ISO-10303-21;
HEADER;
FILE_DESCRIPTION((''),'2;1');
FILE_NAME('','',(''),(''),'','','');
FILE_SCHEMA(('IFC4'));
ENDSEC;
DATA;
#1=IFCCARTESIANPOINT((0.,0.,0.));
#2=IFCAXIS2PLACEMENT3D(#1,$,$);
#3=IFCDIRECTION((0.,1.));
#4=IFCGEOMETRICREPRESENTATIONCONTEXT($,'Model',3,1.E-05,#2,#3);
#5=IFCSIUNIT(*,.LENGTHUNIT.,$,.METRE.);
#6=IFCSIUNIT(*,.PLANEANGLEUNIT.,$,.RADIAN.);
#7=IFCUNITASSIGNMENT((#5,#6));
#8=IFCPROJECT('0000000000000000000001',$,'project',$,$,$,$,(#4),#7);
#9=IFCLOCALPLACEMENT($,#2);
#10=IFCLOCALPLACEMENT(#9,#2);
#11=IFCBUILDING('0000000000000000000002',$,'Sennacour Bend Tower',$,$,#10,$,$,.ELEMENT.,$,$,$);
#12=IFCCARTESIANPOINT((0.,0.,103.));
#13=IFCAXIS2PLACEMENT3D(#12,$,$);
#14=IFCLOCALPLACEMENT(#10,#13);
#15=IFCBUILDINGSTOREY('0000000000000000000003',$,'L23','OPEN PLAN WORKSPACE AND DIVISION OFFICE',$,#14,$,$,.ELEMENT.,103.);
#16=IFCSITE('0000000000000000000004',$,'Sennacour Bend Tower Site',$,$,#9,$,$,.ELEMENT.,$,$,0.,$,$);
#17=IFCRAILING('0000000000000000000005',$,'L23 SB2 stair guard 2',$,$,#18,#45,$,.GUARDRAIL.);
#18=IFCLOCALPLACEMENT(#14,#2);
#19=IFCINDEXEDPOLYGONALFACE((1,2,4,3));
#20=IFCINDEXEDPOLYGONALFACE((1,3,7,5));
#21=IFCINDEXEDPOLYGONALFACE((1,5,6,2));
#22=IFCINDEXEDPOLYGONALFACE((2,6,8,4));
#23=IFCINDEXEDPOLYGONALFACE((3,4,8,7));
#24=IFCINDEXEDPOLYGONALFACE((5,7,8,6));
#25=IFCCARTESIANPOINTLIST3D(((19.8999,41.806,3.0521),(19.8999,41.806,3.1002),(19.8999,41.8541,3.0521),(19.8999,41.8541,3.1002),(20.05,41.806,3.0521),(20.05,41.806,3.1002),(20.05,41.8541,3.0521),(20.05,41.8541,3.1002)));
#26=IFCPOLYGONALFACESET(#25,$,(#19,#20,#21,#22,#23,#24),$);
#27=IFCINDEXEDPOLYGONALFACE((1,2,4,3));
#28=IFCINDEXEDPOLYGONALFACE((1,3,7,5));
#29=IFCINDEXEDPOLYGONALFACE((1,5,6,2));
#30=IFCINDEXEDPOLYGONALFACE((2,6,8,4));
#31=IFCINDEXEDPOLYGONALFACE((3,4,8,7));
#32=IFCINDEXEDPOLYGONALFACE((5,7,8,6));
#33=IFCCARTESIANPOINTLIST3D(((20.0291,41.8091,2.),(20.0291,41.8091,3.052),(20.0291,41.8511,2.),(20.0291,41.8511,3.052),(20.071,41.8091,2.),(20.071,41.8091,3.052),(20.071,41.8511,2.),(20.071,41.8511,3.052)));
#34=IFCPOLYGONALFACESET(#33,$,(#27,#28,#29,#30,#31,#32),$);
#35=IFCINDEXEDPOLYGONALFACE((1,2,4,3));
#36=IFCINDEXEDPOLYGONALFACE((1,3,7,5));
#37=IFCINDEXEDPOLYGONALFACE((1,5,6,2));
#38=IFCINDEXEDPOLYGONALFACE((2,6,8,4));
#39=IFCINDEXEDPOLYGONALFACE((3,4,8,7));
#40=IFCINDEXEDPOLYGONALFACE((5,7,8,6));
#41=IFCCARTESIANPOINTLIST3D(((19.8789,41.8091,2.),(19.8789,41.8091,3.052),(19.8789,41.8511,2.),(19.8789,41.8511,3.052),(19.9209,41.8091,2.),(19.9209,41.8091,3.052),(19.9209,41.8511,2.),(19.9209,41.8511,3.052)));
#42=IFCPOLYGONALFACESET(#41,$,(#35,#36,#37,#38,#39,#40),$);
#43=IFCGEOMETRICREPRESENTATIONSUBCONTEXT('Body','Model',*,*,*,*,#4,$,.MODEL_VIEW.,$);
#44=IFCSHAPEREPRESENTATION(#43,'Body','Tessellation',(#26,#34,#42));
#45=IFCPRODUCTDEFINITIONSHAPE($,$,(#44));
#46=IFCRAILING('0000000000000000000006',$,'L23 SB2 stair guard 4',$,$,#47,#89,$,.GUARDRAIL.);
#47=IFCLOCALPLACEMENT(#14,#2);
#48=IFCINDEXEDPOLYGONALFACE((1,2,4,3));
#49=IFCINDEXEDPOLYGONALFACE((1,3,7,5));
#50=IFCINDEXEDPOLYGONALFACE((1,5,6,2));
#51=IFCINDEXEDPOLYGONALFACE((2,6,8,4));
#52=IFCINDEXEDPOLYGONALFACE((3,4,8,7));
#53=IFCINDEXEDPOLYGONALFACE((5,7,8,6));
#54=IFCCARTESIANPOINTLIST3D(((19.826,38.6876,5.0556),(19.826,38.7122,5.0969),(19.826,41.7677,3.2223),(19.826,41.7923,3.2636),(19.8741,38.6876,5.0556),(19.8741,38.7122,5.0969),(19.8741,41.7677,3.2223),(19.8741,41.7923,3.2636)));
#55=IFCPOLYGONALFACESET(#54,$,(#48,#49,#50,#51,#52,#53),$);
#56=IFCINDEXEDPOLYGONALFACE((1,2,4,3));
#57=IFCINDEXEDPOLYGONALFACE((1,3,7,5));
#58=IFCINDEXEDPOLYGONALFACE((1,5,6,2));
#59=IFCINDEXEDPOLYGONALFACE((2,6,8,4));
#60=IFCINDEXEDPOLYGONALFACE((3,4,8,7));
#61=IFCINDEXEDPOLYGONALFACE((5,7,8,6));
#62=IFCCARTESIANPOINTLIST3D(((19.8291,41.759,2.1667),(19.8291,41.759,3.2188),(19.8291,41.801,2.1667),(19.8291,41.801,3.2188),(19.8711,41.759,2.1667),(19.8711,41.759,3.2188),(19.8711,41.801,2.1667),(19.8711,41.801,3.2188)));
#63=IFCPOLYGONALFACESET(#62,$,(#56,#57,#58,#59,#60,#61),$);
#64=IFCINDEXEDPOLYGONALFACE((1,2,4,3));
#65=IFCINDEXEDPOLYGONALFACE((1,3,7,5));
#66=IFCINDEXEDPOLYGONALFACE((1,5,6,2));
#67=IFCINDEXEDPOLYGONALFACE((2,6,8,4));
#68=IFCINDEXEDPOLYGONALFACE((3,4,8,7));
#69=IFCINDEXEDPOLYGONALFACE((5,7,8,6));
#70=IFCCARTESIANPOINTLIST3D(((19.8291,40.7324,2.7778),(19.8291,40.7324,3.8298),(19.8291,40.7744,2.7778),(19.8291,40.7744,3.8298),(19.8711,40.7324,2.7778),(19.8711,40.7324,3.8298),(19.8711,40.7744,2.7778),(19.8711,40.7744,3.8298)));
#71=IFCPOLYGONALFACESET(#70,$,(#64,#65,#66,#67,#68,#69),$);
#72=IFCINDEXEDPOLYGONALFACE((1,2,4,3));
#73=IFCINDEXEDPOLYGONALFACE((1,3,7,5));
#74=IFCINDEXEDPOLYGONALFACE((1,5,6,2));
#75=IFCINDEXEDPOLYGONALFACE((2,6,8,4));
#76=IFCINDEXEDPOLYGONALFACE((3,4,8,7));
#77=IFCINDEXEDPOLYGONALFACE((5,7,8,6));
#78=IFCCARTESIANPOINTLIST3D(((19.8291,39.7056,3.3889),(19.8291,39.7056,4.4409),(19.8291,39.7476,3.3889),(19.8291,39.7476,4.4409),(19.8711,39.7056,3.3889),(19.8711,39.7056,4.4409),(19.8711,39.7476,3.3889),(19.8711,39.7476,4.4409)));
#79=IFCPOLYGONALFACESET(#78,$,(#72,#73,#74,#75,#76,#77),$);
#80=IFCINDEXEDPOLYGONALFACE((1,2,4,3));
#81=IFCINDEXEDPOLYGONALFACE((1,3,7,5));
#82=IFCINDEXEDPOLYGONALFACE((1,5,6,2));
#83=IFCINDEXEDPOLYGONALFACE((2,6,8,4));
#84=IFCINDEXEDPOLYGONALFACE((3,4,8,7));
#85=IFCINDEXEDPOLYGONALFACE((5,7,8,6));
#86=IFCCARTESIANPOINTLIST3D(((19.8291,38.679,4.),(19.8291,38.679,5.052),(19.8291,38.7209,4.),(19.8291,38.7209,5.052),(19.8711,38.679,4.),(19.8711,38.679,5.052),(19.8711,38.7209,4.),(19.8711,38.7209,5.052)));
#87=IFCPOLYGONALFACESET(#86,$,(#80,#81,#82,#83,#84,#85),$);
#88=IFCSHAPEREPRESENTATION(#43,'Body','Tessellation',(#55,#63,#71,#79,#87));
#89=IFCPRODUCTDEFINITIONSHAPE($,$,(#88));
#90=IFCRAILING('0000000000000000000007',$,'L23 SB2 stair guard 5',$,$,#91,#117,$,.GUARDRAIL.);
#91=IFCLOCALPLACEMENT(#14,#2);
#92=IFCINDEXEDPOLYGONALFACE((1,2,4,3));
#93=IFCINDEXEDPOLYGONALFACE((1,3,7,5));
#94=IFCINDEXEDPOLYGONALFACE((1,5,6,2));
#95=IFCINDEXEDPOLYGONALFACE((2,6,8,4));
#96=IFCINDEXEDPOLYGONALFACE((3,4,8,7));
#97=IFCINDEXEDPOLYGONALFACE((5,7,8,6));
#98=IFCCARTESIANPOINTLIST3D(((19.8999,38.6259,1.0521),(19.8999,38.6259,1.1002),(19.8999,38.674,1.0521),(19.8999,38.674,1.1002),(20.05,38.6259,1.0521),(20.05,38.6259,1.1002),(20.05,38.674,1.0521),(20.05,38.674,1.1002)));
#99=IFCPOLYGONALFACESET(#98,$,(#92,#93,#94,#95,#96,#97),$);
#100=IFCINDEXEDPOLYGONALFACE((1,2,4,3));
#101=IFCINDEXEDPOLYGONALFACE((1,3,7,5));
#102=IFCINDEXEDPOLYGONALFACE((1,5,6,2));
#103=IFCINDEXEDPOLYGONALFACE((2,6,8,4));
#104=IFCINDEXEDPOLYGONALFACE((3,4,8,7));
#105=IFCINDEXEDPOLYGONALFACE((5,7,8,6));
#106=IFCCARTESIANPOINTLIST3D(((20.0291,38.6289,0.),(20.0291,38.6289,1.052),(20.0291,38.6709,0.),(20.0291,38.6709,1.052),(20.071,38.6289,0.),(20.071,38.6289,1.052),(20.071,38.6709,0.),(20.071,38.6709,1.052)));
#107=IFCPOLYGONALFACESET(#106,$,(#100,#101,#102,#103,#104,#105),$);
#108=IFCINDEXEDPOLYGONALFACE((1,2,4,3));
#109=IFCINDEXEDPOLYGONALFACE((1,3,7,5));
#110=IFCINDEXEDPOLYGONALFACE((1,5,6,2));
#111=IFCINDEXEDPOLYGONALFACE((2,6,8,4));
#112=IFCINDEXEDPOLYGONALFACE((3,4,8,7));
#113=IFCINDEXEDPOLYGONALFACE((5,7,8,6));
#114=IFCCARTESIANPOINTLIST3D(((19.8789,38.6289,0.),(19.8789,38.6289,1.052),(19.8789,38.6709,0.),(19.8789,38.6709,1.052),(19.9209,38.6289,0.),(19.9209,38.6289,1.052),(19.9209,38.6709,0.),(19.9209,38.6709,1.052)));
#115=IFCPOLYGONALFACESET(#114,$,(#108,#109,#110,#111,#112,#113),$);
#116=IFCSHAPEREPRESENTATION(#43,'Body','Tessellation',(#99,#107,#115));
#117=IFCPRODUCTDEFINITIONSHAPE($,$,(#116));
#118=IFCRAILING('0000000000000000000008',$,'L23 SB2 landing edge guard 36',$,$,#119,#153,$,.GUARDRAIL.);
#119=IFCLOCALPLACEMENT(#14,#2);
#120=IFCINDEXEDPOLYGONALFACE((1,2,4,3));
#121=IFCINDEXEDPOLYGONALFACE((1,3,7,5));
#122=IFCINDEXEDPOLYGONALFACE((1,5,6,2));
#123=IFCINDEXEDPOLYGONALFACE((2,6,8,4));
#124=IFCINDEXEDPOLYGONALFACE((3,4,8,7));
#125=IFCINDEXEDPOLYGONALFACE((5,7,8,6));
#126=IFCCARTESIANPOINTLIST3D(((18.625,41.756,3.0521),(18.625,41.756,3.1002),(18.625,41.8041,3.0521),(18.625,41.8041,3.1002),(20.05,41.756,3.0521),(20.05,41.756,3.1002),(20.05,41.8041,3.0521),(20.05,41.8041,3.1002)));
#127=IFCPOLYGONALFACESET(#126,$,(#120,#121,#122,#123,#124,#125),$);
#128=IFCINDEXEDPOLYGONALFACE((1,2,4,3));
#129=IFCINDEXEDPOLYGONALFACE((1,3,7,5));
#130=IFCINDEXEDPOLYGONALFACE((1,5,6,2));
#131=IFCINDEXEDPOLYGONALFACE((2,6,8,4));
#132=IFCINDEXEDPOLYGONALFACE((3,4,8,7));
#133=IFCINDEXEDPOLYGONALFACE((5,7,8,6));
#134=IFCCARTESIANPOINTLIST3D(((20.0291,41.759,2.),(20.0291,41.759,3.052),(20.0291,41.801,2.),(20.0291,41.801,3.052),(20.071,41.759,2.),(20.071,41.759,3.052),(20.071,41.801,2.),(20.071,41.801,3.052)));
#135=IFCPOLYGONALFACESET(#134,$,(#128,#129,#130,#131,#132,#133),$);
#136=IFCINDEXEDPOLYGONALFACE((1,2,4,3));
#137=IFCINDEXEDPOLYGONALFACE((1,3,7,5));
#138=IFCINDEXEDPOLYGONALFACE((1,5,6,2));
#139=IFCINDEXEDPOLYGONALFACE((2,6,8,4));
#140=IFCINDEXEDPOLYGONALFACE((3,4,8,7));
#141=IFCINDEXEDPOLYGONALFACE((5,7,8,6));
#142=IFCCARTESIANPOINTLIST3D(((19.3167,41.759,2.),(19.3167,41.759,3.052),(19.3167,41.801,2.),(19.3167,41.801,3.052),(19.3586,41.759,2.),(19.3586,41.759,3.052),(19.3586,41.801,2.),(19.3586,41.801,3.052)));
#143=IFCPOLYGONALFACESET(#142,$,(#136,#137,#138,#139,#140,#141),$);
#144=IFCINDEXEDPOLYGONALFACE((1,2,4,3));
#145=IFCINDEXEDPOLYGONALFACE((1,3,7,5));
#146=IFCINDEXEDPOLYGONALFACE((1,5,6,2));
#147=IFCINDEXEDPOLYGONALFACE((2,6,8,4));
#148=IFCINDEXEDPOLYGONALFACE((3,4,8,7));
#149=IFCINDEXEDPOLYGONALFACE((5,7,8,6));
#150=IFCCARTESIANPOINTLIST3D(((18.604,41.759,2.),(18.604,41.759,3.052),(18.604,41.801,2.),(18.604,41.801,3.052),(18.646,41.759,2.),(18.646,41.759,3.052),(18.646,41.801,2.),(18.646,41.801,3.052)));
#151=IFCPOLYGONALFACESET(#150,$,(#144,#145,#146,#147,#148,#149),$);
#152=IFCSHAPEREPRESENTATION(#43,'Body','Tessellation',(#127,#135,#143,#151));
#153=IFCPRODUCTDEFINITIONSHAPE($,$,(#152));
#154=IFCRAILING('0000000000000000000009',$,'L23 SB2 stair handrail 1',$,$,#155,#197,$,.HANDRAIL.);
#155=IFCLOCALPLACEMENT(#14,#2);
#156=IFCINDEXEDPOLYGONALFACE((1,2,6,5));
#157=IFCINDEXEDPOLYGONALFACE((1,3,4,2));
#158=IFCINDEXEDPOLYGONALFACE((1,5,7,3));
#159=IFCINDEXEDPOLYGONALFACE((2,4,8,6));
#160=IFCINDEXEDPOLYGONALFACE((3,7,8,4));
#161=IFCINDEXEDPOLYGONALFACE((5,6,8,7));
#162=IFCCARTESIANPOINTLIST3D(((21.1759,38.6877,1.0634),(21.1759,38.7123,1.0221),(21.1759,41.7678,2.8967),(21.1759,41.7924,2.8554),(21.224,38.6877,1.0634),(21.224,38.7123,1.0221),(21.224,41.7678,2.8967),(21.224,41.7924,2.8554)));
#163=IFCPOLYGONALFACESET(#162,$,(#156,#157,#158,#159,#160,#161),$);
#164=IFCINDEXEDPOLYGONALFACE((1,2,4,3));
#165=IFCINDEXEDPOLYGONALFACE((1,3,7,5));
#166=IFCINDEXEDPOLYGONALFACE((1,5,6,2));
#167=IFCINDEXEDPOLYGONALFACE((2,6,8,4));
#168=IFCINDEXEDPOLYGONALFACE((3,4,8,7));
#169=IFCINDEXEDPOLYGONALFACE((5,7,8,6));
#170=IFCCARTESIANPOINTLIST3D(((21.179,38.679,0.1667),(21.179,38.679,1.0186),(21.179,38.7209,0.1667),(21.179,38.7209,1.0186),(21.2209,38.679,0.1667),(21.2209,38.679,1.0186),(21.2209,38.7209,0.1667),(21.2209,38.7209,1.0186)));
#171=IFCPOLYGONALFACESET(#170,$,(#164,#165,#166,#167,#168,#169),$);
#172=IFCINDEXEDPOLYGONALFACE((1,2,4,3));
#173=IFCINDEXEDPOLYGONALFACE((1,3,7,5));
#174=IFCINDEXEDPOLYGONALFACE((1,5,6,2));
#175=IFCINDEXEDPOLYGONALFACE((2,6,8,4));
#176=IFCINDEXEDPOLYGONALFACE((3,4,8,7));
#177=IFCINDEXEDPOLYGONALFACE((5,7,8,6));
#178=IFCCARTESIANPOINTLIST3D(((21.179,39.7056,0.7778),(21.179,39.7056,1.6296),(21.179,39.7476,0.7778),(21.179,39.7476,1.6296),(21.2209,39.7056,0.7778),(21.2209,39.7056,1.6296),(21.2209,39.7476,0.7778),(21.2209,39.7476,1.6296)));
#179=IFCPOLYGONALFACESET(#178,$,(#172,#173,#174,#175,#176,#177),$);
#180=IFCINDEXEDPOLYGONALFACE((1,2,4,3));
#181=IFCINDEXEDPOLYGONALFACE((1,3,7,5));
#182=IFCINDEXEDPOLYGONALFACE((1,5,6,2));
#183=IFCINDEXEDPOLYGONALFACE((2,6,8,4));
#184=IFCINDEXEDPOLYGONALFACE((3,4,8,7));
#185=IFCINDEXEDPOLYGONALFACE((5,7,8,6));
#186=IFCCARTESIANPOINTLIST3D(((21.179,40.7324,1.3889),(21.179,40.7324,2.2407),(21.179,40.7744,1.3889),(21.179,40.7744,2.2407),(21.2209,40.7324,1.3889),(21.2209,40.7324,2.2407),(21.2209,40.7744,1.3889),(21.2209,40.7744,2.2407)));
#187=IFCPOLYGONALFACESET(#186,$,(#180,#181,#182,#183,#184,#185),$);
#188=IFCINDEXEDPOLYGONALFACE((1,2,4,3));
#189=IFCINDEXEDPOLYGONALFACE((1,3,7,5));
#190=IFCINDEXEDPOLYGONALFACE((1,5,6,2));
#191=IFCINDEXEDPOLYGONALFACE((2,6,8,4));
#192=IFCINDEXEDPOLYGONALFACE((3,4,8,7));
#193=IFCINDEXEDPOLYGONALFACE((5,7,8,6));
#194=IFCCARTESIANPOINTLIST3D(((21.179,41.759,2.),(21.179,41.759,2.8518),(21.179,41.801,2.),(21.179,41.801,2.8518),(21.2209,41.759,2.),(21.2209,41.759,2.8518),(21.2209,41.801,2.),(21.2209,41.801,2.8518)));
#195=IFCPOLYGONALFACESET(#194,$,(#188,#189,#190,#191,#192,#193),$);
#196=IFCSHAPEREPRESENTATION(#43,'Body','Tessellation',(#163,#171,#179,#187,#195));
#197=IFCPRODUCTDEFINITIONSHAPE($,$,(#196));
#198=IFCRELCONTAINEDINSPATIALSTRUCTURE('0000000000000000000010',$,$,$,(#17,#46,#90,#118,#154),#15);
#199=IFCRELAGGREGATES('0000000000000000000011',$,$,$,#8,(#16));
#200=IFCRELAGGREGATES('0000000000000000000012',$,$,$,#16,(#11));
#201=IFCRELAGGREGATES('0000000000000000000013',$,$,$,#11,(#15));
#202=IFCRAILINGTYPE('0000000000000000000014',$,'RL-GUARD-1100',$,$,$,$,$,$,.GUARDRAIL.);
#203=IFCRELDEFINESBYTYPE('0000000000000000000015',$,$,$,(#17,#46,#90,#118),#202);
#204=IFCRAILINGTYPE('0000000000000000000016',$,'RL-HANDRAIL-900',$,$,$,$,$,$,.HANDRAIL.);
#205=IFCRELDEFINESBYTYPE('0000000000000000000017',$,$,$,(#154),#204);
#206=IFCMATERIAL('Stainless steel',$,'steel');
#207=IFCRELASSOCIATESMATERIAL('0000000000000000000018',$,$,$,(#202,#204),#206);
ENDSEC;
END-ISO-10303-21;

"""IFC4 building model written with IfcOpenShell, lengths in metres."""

from ifc_helpers import new_model, si_unit, direction, frame, origin, origin_2d, place, context, subcontext, project, spatial, rectangle, extrude, material, type_object, element, save


model = new_model("IFC4")

# Units and contexts
model_context = context("Model", 3, precision=1e-05, world=origin(), true_north=direction((0.0, 1.0)))
body_context = subcontext(model_context, "Body", "Model", "MODEL_VIEW")
ifc_project = project(units=[si_unit("LENGTHUNIT", "METRE"), si_unit("PLANEANGLEUNIT", "RADIAN")], contexts=[model_context])

# Site, building, storey
site_placement = place(None, origin())
site = spatial("IfcSite", under=ifc_project, at=site_placement, Name="Sennacour Bend Tower Site", CompositionType="ELEMENT", RefElevation=0.0)
building_placement = place(site_placement, origin())
building = spatial("IfcBuilding", under=site, at=building_placement, Name="Sennacour Bend Tower", CompositionType="ELEMENT")
storey_placement = place(building_placement, frame((0.0, 0.0, 103.0)))
storey = spatial("IfcBuildingStorey", under=building, at=storey_placement, Name="L23", Description="OPEN PLAN WORKSPACE AND DIVISION OFFICE", CompositionType="ELEMENT", Elevation=103.0)

# Shared definitions
ifc_material_1 = material(Name="Stainless steel", Category="steel")

# Railings
railing_type_1 = type_object("IfcRailingType", Name="RL-GUARD-1100", PredefinedType="GUARDRAIL", material=ifc_material_1)
railing_1_placement = place(storey_placement, frame((20.05, 41.8301, 2.0)))
element("IfcRailing", 1, at=railing_1_placement, inside=storey, type_object=railing_type_1, Name="L23 SB2 stair guard 2", PredefinedType="GUARDRAIL", context=body_context, shape_type="SweptSolid", body=[
    extrude(rectangle(XDim=0.0481, YDim=0.0481, at=origin_2d()), frame((0.0, 0.0, 1.0762), z_axis=(-1.0, 0.0, 0.0), x_axis=(0.0, -1.0, 0.0)), (0.0, 0.0, 1.0), 0.1501),
    extrude(rectangle(XDim=0.042, YDim=0.042, at=origin_2d()), origin(), (0.0, 0.0, 1.0), 1.052),
    extrude(rectangle(XDim=0.042, YDim=0.042, at=origin_2d()), frame((-0.1501, 0.0, 0.0)), (0.0, 0.0, 1.0), 1.052),
])
railing_2_placement = place(storey_placement, frame((19.8501, 41.78, 2.1667)))
element("IfcRailing", 2, at=railing_2_placement, inside=storey, type_object=railing_type_1, Name="L23 SB2 stair guard 4", PredefinedType="GUARDRAIL", context=body_context, shape_type="SweptSolid", body=[
    extrude(rectangle(XDim=0.0481, YDim=0.0481, at=origin_2d()), frame((0.0, 0.0, 1.0762), z_axis=(0.0, -0.859309, 0.511458), x_axis=(1.0, 0.0, 0.0)), (0.0, 0.0, 1.0), 3.5845),
    extrude(rectangle(XDim=0.042, YDim=0.042, at=origin_2d()), origin(), (0.0, 0.0, 1.0), 1.052),
    extrude(rectangle(XDim=0.042, YDim=0.042, at=origin_2d()), frame((0.0, -1.0266, 0.6111)), (0.0, 0.0, 1.0), 1.052),
    extrude(rectangle(XDim=0.042, YDim=0.042, at=origin_2d()), frame((0.0, -2.0535, 1.2222)), (0.0, 0.0, 1.0), 1.052),
    extrude(rectangle(XDim=0.042, YDim=0.042, at=origin_2d()), frame((0.0, -3.0801, 1.8333)), (0.0, 0.0, 1.0), 1.052),
])
railing_3_placement = place(storey_placement, frame((20.05, 38.6499, 0.0)))
element("IfcRailing", 3, at=railing_3_placement, inside=storey, type_object=railing_type_1, Name="L23 SB2 stair guard 5", PredefinedType="GUARDRAIL", context=body_context, shape_type="SweptSolid", body=[
    extrude(rectangle(XDim=0.0481, YDim=0.0481, at=origin_2d()), frame((0.0, 0.0, 1.0762), z_axis=(-1.0, 0.0, 0.0), x_axis=(0.0, -1.0, 0.0)), (0.0, 0.0, 1.0), 0.1501),
    extrude(rectangle(XDim=0.042, YDim=0.042, at=origin_2d()), origin(), (0.0, 0.0, 1.0), 1.052),
    extrude(rectangle(XDim=0.042, YDim=0.042, at=origin_2d()), frame((-0.1501, 0.0, 0.0)), (0.0, 0.0, 1.0), 1.052),
])
railing_4_placement = place(storey_placement, frame((20.05, 41.78, 2.0)))
element("IfcRailing", 4, at=railing_4_placement, inside=storey, type_object=railing_type_1, Name="L23 SB2 landing edge guard 36", PredefinedType="GUARDRAIL", context=body_context, shape_type="SweptSolid", body=[
    extrude(rectangle(XDim=0.0481, YDim=0.0481, at=origin_2d()), frame((0.0, 0.0, 1.0762), z_axis=(-1.0, 0.0, 0.0), x_axis=(0.0, -1.0, 0.0)), (0.0, 0.0, 1.0), 1.425),
    extrude(rectangle(XDim=0.042, YDim=0.042, at=origin_2d()), origin(), (0.0, 0.0, 1.0), 1.052),
    extrude(rectangle(XDim=0.042, YDim=0.042, at=origin_2d()), frame((-0.7124, 0.0, 0.0)), (0.0, 0.0, 1.0), 1.052),
    extrude(rectangle(XDim=0.042, YDim=0.042, at=origin_2d()), frame((-1.425, 0.0, 0.0)), (0.0, 0.0, 1.0), 1.052),
])
railing_type_2 = type_object("IfcRailingType", Name="RL-HANDRAIL-900", PredefinedType="HANDRAIL", material=ifc_material_1)
railing_5_placement = place(storey_placement, frame((21.2, 38.7, 0.1667)))
element("IfcRailing", 5, at=railing_5_placement, inside=storey, type_object=railing_type_2, Name="L23 SB2 stair handrail 1", PredefinedType="HANDRAIL", context=body_context, shape_type="SweptSolid", body=[
    extrude(rectangle(XDim=0.0481, YDim=0.0481, at=origin_2d()), frame((0.0, 0.0, 0.876), z_axis=(0.0, 0.859309, 0.511458), x_axis=(-1.0, 0.0, 0.0)), (0.0, 0.0, 1.0), 3.5845),
    extrude(rectangle(XDim=0.042, YDim=0.042, at=origin_2d()), origin(), (0.0, 0.0, 1.0), 0.8518),
    extrude(rectangle(XDim=0.042, YDim=0.042, at=origin_2d()), frame((0.0, 1.0266, 0.6111)), (0.0, 0.0, 1.0), 0.8518),
    extrude(rectangle(XDim=0.042, YDim=0.042, at=origin_2d()), frame((0.0, 2.0535, 1.2222)), (0.0, 0.0, 1.0), 0.8518),
    extrude(rectangle(XDim=0.042, YDim=0.042, at=origin_2d()), frame((0.0, 3.0801, 1.8333)), (0.0, 0.0, 1.0), 0.8518),
])

save(model, "model.ifc")
